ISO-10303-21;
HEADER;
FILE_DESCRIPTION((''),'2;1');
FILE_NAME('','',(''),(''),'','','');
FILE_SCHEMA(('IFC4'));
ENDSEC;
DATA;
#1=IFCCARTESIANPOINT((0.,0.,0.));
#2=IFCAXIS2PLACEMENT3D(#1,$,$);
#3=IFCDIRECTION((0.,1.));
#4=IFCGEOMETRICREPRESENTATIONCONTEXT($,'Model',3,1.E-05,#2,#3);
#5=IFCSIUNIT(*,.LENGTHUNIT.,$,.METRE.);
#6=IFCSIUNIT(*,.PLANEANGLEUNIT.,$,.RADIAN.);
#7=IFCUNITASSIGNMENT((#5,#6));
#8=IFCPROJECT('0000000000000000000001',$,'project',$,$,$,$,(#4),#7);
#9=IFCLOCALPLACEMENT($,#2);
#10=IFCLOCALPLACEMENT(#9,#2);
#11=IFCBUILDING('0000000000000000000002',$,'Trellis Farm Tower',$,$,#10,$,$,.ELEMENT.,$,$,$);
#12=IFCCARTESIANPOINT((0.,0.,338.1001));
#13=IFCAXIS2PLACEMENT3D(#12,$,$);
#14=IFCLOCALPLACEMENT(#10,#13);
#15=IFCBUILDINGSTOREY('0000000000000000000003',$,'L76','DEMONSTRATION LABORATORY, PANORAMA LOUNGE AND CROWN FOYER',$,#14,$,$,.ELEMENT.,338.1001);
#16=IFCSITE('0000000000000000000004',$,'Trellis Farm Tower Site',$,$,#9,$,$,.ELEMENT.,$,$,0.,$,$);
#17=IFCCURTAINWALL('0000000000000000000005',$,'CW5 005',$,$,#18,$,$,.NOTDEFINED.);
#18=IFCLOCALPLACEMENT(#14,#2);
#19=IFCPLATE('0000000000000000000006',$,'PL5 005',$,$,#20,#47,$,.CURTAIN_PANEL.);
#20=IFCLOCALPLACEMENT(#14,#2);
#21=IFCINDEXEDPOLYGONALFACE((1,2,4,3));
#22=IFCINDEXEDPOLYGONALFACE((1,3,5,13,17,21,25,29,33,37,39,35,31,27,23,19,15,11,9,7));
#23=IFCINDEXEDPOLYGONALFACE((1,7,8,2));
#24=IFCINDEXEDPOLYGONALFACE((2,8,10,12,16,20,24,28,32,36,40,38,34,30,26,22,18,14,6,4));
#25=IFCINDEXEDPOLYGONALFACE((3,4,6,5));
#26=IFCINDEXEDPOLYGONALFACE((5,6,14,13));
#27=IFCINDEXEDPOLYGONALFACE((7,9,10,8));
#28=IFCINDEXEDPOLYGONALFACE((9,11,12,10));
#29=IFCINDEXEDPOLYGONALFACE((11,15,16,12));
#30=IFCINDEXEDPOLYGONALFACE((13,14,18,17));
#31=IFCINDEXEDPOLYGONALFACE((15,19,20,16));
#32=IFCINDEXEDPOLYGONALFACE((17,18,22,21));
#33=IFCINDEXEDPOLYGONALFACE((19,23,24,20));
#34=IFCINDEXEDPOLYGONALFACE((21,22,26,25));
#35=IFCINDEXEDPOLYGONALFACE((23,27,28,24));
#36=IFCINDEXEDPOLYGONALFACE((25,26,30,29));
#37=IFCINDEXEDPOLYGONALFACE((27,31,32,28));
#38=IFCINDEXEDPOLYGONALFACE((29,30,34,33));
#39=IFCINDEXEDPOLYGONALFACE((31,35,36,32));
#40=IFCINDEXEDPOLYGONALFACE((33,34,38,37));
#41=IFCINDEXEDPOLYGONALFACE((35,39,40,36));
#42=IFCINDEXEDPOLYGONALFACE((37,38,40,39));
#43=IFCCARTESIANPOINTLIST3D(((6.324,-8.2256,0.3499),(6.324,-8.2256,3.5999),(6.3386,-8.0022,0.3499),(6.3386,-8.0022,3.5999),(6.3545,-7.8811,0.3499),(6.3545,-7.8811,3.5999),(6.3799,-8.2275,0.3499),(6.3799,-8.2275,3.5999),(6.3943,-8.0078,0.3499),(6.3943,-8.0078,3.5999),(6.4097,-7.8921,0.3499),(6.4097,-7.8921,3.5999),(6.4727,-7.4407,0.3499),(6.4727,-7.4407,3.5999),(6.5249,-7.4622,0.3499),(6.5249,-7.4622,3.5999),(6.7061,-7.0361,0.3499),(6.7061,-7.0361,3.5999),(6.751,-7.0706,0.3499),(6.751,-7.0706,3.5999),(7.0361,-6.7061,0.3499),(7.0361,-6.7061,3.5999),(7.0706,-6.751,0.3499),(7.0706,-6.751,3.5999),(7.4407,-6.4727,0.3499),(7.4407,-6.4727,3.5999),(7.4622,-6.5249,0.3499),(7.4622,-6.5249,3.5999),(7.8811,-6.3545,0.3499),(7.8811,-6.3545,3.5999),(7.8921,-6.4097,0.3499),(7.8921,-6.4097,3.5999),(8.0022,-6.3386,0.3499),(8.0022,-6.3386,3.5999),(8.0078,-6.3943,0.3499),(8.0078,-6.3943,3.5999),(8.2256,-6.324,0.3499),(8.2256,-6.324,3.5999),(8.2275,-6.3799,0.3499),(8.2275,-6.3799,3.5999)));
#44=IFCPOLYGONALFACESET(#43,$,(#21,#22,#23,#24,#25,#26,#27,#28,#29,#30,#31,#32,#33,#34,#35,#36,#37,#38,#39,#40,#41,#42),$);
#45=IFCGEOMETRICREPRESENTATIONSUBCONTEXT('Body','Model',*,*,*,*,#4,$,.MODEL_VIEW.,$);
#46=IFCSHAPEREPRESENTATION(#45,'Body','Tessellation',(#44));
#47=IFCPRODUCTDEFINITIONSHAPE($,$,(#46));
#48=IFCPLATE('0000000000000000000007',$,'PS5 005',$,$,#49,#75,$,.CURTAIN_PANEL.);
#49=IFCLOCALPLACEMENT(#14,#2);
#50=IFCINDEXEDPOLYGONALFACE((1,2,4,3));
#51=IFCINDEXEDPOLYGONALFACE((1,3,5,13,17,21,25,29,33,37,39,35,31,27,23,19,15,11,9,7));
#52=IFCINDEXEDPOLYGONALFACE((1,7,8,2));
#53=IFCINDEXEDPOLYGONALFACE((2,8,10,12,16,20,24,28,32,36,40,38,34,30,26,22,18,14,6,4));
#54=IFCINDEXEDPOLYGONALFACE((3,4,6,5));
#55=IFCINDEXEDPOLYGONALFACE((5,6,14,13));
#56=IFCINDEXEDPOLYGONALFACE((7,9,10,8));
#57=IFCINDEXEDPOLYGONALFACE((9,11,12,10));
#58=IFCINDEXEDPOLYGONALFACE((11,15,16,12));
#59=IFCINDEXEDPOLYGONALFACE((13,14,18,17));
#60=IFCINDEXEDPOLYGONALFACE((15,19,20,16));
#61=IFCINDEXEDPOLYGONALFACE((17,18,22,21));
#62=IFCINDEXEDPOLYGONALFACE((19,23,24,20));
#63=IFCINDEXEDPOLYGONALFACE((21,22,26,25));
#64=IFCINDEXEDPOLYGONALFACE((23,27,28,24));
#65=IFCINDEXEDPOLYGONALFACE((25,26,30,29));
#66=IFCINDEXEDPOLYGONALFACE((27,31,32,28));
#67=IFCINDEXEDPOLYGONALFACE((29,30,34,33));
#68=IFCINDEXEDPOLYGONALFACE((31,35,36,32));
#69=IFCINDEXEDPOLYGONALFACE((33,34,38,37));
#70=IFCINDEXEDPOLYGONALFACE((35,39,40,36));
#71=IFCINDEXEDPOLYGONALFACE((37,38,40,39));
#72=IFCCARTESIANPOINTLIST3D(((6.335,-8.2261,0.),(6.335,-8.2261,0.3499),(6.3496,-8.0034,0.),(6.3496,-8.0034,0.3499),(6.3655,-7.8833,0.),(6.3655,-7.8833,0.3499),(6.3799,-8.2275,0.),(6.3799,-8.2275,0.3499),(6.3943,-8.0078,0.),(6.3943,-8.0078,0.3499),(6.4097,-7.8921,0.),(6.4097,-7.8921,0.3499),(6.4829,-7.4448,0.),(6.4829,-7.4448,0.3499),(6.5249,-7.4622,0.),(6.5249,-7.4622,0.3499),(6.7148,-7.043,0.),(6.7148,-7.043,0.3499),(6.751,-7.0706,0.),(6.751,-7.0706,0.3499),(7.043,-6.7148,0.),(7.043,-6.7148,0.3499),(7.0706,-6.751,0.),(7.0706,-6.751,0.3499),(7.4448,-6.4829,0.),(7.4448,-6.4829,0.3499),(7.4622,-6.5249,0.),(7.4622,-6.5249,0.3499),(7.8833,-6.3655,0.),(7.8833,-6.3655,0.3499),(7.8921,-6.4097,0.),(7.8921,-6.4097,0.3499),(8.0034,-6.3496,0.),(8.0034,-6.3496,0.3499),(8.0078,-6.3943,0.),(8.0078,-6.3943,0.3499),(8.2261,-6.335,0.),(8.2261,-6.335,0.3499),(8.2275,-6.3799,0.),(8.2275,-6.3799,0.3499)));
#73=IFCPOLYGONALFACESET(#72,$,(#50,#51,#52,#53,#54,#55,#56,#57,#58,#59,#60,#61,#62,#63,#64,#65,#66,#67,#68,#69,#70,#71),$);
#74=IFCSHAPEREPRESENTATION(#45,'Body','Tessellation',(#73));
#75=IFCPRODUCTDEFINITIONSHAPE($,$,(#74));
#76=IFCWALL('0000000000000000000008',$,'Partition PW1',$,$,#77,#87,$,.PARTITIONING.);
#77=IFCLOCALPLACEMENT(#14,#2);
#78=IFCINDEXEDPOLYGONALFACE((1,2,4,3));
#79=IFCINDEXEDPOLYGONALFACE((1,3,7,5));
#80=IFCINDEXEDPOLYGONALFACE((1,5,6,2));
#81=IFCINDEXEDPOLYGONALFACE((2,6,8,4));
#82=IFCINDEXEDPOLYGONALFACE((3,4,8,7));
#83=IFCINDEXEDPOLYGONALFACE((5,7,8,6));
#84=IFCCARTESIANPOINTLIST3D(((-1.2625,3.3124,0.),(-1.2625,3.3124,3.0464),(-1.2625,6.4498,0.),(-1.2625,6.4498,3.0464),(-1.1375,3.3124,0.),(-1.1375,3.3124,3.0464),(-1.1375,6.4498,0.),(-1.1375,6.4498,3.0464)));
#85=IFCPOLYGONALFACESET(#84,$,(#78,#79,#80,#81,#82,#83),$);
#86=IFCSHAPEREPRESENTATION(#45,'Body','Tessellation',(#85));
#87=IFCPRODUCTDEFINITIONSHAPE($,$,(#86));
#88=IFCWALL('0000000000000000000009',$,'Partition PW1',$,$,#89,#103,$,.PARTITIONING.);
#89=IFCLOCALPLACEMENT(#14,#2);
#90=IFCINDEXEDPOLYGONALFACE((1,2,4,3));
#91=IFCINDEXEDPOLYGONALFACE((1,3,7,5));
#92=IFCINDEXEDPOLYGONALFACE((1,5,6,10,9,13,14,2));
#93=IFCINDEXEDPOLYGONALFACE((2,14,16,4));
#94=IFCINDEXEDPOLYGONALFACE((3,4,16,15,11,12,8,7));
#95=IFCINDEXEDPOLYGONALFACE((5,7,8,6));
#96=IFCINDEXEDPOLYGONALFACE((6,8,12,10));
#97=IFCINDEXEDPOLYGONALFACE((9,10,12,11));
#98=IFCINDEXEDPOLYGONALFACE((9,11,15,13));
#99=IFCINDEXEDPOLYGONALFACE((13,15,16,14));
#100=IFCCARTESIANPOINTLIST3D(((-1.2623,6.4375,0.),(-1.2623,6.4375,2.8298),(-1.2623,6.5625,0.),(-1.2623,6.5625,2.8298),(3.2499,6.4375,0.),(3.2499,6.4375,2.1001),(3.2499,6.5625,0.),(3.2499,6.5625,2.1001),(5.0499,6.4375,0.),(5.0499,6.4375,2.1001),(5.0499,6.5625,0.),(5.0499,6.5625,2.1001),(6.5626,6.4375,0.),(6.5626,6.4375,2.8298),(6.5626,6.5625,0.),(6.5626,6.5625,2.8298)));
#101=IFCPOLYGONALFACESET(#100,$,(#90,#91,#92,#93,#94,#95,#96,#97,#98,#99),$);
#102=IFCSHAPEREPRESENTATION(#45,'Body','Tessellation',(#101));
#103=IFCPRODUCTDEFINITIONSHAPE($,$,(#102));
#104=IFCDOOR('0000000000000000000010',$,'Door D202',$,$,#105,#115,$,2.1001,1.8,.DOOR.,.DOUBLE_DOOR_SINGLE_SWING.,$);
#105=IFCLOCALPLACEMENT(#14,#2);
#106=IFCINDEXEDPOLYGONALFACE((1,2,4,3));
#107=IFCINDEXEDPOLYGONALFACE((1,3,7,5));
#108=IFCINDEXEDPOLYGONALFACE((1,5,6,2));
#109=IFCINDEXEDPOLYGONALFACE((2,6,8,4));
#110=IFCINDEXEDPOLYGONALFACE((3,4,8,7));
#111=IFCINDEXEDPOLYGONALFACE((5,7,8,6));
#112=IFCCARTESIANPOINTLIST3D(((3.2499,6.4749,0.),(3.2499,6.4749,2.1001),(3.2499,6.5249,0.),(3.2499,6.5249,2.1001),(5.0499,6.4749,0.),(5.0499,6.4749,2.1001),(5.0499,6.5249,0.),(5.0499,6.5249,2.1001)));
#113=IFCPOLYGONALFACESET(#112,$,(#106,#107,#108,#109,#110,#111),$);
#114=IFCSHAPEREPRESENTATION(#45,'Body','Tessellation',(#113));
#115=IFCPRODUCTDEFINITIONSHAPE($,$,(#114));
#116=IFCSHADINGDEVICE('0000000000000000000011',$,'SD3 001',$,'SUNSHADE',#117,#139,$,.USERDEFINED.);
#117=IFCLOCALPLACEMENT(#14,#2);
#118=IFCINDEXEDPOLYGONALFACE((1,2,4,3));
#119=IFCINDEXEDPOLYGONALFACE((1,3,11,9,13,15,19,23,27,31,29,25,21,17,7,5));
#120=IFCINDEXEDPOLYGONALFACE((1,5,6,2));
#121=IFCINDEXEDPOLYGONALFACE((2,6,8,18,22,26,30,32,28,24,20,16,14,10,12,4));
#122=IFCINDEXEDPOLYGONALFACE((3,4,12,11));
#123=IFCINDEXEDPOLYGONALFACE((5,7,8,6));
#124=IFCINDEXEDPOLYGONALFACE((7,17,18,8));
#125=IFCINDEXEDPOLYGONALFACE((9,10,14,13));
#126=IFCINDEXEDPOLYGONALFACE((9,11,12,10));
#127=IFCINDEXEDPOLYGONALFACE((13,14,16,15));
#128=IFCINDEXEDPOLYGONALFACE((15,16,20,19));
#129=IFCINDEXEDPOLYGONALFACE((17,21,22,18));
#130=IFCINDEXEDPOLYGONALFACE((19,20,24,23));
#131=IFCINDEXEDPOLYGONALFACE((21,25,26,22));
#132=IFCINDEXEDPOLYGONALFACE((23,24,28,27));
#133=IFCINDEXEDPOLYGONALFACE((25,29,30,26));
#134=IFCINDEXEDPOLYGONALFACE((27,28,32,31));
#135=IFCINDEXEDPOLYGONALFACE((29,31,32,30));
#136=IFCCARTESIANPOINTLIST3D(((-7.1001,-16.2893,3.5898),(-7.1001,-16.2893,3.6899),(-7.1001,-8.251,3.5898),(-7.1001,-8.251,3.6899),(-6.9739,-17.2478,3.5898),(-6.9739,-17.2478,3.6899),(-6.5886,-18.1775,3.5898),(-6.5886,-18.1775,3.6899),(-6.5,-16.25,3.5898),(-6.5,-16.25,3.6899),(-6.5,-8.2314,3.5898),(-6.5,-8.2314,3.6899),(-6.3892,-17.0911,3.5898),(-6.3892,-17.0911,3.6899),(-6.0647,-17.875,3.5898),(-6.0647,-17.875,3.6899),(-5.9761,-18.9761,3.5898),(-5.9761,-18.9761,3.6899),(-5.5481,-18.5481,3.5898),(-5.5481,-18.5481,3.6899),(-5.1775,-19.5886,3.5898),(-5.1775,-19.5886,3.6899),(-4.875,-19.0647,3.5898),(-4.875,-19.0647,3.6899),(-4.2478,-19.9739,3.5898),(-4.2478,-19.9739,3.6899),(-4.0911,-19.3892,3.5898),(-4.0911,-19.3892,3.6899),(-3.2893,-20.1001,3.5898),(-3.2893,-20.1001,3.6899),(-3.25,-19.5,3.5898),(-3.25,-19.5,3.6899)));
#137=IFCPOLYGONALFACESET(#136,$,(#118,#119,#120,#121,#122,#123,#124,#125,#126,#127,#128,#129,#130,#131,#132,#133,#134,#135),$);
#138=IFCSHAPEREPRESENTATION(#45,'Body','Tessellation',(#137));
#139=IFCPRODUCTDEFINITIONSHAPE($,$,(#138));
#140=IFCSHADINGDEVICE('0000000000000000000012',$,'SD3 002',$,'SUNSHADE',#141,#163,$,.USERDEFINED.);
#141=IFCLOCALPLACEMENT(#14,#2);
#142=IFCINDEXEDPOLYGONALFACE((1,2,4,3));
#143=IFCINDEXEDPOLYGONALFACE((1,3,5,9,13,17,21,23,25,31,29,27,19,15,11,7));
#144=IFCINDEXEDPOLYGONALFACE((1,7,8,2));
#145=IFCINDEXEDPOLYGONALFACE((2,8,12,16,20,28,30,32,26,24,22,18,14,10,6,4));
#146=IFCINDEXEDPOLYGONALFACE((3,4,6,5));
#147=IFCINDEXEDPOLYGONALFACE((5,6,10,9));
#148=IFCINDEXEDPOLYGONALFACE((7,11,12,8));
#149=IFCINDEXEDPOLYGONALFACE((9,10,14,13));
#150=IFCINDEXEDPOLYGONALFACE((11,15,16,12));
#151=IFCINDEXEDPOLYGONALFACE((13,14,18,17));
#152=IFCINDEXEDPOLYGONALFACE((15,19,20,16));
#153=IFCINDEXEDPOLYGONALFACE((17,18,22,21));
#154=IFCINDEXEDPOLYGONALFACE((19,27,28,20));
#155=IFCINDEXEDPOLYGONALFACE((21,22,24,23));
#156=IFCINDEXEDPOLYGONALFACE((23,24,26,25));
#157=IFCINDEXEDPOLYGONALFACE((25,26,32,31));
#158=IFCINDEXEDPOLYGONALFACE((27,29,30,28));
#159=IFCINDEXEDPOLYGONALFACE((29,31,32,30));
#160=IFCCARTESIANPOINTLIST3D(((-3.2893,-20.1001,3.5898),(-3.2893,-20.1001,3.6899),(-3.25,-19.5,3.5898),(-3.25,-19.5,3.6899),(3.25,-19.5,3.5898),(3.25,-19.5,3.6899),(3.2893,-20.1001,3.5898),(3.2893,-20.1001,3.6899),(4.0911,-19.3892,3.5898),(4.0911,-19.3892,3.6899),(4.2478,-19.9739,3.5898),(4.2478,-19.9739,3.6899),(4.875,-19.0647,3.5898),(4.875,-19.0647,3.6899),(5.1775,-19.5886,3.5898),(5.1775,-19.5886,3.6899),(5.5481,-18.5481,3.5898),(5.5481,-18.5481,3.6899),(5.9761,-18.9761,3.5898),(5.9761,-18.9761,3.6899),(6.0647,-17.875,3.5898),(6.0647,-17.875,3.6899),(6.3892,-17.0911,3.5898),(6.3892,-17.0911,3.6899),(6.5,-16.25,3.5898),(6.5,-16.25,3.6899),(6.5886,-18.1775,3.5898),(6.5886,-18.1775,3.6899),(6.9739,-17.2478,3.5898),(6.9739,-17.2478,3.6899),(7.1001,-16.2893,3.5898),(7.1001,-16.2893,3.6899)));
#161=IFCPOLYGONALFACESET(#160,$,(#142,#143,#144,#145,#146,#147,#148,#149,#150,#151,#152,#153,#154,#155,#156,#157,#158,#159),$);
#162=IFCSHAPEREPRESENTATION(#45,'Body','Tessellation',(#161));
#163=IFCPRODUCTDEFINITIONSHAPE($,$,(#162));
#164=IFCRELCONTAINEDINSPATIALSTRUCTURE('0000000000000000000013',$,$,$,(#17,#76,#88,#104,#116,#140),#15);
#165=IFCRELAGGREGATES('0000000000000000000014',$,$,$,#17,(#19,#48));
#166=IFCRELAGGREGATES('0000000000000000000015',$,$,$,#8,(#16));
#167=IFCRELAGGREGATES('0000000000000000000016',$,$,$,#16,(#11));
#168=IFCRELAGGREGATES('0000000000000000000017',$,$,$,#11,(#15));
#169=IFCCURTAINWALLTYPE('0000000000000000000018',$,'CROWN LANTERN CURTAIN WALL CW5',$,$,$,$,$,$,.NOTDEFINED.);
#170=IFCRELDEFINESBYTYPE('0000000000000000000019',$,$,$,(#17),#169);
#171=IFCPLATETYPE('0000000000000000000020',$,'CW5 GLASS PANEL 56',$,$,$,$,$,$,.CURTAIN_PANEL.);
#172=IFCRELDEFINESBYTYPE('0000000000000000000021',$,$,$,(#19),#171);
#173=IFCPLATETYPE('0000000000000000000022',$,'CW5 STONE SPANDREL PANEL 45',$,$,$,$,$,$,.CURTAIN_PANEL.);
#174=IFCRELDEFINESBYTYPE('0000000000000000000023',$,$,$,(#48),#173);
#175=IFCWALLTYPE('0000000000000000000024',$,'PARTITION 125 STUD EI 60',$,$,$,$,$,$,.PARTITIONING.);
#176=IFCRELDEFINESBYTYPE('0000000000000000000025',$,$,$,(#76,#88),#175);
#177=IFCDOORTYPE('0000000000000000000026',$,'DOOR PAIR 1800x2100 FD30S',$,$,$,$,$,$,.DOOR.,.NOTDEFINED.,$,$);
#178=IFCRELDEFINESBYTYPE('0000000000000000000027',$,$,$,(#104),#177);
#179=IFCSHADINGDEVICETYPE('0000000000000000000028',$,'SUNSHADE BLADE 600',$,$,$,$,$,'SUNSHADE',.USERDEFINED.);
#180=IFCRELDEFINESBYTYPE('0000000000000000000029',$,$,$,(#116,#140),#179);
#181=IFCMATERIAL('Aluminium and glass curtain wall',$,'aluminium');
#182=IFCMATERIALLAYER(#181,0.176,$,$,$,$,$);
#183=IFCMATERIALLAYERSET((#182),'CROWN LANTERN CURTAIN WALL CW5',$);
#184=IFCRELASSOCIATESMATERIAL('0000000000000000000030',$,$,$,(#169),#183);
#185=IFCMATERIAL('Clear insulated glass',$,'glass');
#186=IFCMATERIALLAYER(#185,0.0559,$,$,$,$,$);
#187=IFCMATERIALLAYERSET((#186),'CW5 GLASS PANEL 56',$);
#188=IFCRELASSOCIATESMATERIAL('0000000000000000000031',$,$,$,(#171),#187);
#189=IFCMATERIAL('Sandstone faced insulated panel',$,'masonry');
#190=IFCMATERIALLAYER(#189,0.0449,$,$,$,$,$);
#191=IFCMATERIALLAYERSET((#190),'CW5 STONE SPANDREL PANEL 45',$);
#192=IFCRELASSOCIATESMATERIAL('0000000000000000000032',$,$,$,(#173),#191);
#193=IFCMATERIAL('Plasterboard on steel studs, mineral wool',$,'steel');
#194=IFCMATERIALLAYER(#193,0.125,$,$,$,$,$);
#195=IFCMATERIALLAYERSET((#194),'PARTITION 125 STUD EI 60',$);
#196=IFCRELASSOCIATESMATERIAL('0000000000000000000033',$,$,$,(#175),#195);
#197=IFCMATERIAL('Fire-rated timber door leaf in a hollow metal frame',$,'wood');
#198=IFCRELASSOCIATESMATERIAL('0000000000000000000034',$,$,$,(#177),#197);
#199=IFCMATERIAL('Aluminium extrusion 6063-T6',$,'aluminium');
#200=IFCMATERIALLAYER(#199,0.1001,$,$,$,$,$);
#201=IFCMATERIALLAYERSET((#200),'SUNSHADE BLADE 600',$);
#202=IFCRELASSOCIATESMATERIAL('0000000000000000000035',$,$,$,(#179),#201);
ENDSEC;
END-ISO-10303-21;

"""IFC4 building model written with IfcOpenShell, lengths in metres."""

from ifc_helpers import new_model, si_unit, direction, frame, frame_2d, origin, place, context, subcontext, project, spatial, polyline, rectangle, outline, extrude, source, transform, mapped, material, layer, layer_set, type_object, element, fill, aggregate, save


model = new_model("IFC4")

# Units and contexts
model_context = context("Model", 3, precision=1e-05, world=origin(), true_north=direction((0.0, 1.0)))
body_context = subcontext(model_context, "Body", "Model", "MODEL_VIEW")
ifc_project = project(units=[si_unit("LENGTHUNIT", "METRE"), si_unit("PLANEANGLEUNIT", "RADIAN")], contexts=[model_context])

# Site, building, storey
site_placement = place(None, origin())
site = spatial("IfcSite", under=ifc_project, at=site_placement, Name="Trellis Farm Tower Site", CompositionType="ELEMENT", RefElevation=0.0)
building_placement = place(site_placement, origin())
building = spatial("IfcBuilding", under=site, at=building_placement, Name="Trellis Farm Tower", CompositionType="ELEMENT")
storey_placement = place(building_placement, frame((0.0, 0.0, 338.1001)))
storey = spatial("IfcBuildingStorey", under=building, at=storey_placement, Name="L76", Description="DEMONSTRATION LABORATORY, PANORAMA LOUNGE AND CROWN FOYER", CompositionType="ELEMENT", Elevation=338.1001)

# Shared definitions
ifc_material_1 = material(Name="Aluminium and glass curtain wall", Category="aluminium")
ifc_layer_1 = layer(ifc_material_1, 0.176)
ifc_layer_set_1 = layer_set([ifc_layer_1], Name="CROWN LANTERN CURTAIN WALL CW5")
curtain_wall_type = type_object("IfcCurtainWallType", Name="CROWN LANTERN CURTAIN WALL CW5", PredefinedType="NOTDEFINED", material=ifc_layer_set_1)
placement_1 = place(storey_placement, origin())
ifc_material_2 = material(Name="Aluminium extrusion 6063-T6", Category="aluminium")

# Curtain wall
curtain_wall_1 = element("IfcCurtainWall", 1, at=placement_1, inside=storey, type_object=curtain_wall_type, Name="CW5 005", PredefinedType="NOTDEFINED")

# Plates
ifc_material_3 = material(Name="Clear insulated glass", Category="glass")
ifc_layer_2 = layer(ifc_material_3, 0.0559)
ifc_layer_set_2 = layer_set([ifc_layer_2], Name="CW5 GLASS PANEL 56")
plate_type_1 = type_object("IfcPlateType", Name="CW5 GLASS PANEL 56", PredefinedType="CURTAIN_PANEL", material=ifc_layer_set_2)
placement_2 = place(storey_placement, frame((0.0, 0.0, 0.3499)))
ifc_material_4 = material(Name="Sandstone faced insulated panel", Category="masonry")
ifc_layer_3 = layer(ifc_material_4, 0.0449)
ifc_layer_set_3 = layer_set([ifc_layer_3], Name="CW5 STONE SPANDREL PANEL 45")
plate_type_2 = type_object("IfcPlateType", Name="CW5 STONE SPANDREL PANEL 45", PredefinedType="CURTAIN_PANEL", material=ifc_layer_set_3)
shared_shape_1 = source(origin(), body_context, "Body", "SweptSolid", [
    extrude(outline(polyline([(6.3799, -8.2275), (6.3943, -8.0078), (6.4097, -7.8921), (6.5249, -7.4622), (6.751, -7.0706), (7.0706, -6.751), (7.4622, -6.5249), (7.8921, -6.4097), (8.0078, -6.3943), (8.2275, -6.3799), (8.2256, -6.324), (8.0022, -6.3386), (7.8811, -6.3545), (7.4407, -6.4727), (7.0361, -6.7061), (6.7061, -7.0361), (6.4727, -7.4407), (6.3545, -7.8811), (6.3386, -8.0022), (6.324, -8.2256), (6.3799, -8.2275)])), origin(), (0.0, 0.0, 1.0), 3.25),
])
plate_1 = element("IfcPlate", 2, at=placement_2, type_object=plate_type_1, Name="PL5 005", PredefinedType="CURTAIN_PANEL", context=body_context, shape_type="MappedRepresentation", body=[
    mapped(shared_shape_1, transform((0.0, 0.0, 0.0))),
])
shared_shape_2 = source(origin(), body_context, "Body", "SweptSolid", [
    extrude(outline(polyline([(6.3799, -8.2275), (6.3943, -8.0078), (6.4097, -7.8921), (6.5249, -7.4622), (6.751, -7.0706), (7.0706, -6.751), (7.4622, -6.5249), (7.8921, -6.4097), (8.0078, -6.3943), (8.2275, -6.3799), (8.2261, -6.335), (8.0034, -6.3496), (7.8833, -6.3655), (7.4448, -6.4829), (7.043, -6.7148), (6.7148, -7.043), (6.4829, -7.4448), (6.3655, -7.8833), (6.3496, -8.0034), (6.335, -8.2261), (6.3799, -8.2275)])), origin(), (0.0, 0.0, 1.0), 0.3499),
])
plate_2 = element("IfcPlate", 3, at=placement_1, type_object=plate_type_2, Name="PS5 005", PredefinedType="CURTAIN_PANEL", context=body_context, shape_type="MappedRepresentation", body=[
    mapped(shared_shape_2, transform((0.0, 0.0, 0.0))),
])
aggregate(curtain_wall_1, [plate_1, plate_2])

# Wall
ifc_material_5 = material(Name="Plasterboard on steel studs, mineral wool", Category="steel")
ifc_layer_4 = layer(ifc_material_5, 0.125)
ifc_layer_set_4 = layer_set([ifc_layer_4], Name="PARTITION 125 STUD EI 60")
wall_type = type_object("IfcWallType", Name="PARTITION 125 STUD EI 60", PredefinedType="PARTITIONING", material=ifc_layer_set_4)
shared_shape_3 = source(origin(), body_context, "Body", "SweptSolid", [
    extrude(rectangle(XDim=3.1375, YDim=0.125, at=frame_2d((1.5688, 0.0))), origin(), (0.0, 0.0, 1.0), 3.0464),
])
wall_1_placement = place(storey_placement, frame((-1.2, 6.45, 0.0), z_axis=(0.0, 0.0, 1.0), x_axis=(0.0, -1.0, 0.0)))
element("IfcWall", 4, at=wall_1_placement, inside=storey, type_object=wall_type, Name="Partition PW1", PredefinedType="PARTITIONING", context=body_context, shape_type="MappedRepresentation", body=[
    mapped(shared_shape_3, transform((0.0, 0.0, 0.0))),
])

# Wall, opening, door
shared_shape_4 = source(origin(), body_context, "Body", "SweptSolid", [
    extrude(rectangle(XDim=7.825, YDim=0.125, at=frame_2d((3.9126, 0.0))), origin(), (0.0, 0.0, 1.0), 2.8298),
])
wall_2_placement = place(storey_placement, frame((-1.2625, 6.5, 0.0), z_axis=(0.0, 0.0, 1.0), x_axis=(1.0, 0.0, 0.0)))
wall_2 = element("IfcWall", 5, at=wall_2_placement, inside=storey, type_object=wall_type, Name="Partition PW1", PredefinedType="PARTITIONING", context=body_context, shape_type="MappedRepresentation", body=[
    mapped(shared_shape_4, transform((0.0, 0.0, 0.0))),
])
shared_shape_5 = source(origin(), body_context, "Body", "SweptSolid", [
    extrude(rectangle(XDim=1.8, YDim=2.1001, at=frame_2d((0.8999, 1.05))), frame((0.0, 0.0725, 0.0), z_axis=(0.0, -1.0, 0.0), x_axis=(1.0, 0.0, 0.0)), (0.0, 0.0, 1.0), 0.145),
])
opening_placement = place(wall_2_placement, frame((4.5125, 0.0, 0.0)))
opening = element("IfcOpeningElement", 6, at=opening_placement, cuts=wall_2, PredefinedType="OPENING", context=body_context, shape_type="MappedRepresentation", body=[
    mapped(shared_shape_5, transform((0.0, 0.0, 0.0))),
])
ifc_material_6 = material(Name="Fire-rated timber door leaf in a hollow metal frame", Category="wood")
door_type = type_object("IfcDoorType", Name="DOOR PAIR 1800x2100 FD30S", OperationType="NOTDEFINED", PredefinedType="DOOR", material=ifc_material_6)
shared_shape_6 = source(origin(), body_context, "Body", "SweptSolid", [
    extrude(rectangle(XDim=1.8, YDim=2.1001, at=frame_2d((0.8999, 1.05))), frame((0.0, 0.0249, 0.0), z_axis=(0.0, -1.0, 0.0), x_axis=(1.0, 0.0, 0.0)), (0.0, 0.0, 1.0), 0.05),
])
door_placement = place(opening_placement, origin())
door = element("IfcDoor", 7, at=door_placement, inside=storey, type_object=door_type, Name="Door D202", OperationType="DOUBLE_DOOR_SINGLE_SWING", OverallHeight=2.1001, OverallWidth=1.8, PredefinedType="DOOR", context=body_context, shape_type="MappedRepresentation", body=[
    mapped(shared_shape_6, transform((0.0, 0.0, 0.0))),
])
fill(opening, door)

# Shading devices
ifc_layer_5 = layer(ifc_material_2, 0.1001)
ifc_layer_set_5 = layer_set([ifc_layer_5], Name="SUNSHADE BLADE 600")
shading_device_type = type_object("IfcShadingDeviceType", Name="SUNSHADE BLADE 600", ElementType="SUNSHADE", PredefinedType="USERDEFINED", material=ifc_layer_set_5)
shared_shape_7 = source(origin(), body_context, "Body", "SweptSolid", [
    extrude(outline(polyline([(-7.1001, -8.251), (-7.1001, -16.2893), (-6.9739, -17.2478), (-6.5886, -18.1775), (-5.9761, -18.9761), (-5.1775, -19.5886), (-4.2478, -19.9739), (-3.2893, -20.1001), (-3.25, -19.5), (-4.0911, -19.3892), (-4.875, -19.0647), (-5.5481, -18.5481), (-6.0647, -17.875), (-6.3892, -17.0911), (-6.5, -16.25), (-6.5, -8.2314), (-7.1001, -8.251)])), origin(), (0.0, 0.0, 1.0), 0.1001),
])
placement_3 = place(storey_placement, frame((0.0, 0.0, 3.5898)))
element("IfcShadingDevice", 8, at=placement_3, inside=storey, type_object=shading_device_type, Name="SD3 001", ObjectType="SUNSHADE", PredefinedType="USERDEFINED", context=body_context, shape_type="MappedRepresentation", body=[
    mapped(shared_shape_7, transform((0.0, 0.0, 0.0))),
])
shared_shape_8 = source(origin(), body_context, "Body", "SweptSolid", [
    extrude(outline(polyline([(-3.2893, -20.1001), (3.2893, -20.1001), (4.2478, -19.9739), (5.1775, -19.5886), (5.9761, -18.9761), (6.5886, -18.1775), (6.9739, -17.2478), (7.1001, -16.2893), (6.5, -16.25), (6.3892, -17.0911), (6.0647, -17.875), (5.5481, -18.5481), (4.875, -19.0647), (4.0911, -19.3892), (3.25, -19.5), (-3.25, -19.5), (-3.2893, -20.1001)])), origin(), (0.0, 0.0, 1.0), 0.1001),
])
element("IfcShadingDevice", 9, at=placement_3, inside=storey, type_object=shading_device_type, Name="SD3 002", ObjectType="SUNSHADE", PredefinedType="USERDEFINED", context=body_context, shape_type="MappedRepresentation", body=[
    mapped(shared_shape_8, transform((0.0, 0.0, 0.0))),
])

save(model, "model.ifc")
